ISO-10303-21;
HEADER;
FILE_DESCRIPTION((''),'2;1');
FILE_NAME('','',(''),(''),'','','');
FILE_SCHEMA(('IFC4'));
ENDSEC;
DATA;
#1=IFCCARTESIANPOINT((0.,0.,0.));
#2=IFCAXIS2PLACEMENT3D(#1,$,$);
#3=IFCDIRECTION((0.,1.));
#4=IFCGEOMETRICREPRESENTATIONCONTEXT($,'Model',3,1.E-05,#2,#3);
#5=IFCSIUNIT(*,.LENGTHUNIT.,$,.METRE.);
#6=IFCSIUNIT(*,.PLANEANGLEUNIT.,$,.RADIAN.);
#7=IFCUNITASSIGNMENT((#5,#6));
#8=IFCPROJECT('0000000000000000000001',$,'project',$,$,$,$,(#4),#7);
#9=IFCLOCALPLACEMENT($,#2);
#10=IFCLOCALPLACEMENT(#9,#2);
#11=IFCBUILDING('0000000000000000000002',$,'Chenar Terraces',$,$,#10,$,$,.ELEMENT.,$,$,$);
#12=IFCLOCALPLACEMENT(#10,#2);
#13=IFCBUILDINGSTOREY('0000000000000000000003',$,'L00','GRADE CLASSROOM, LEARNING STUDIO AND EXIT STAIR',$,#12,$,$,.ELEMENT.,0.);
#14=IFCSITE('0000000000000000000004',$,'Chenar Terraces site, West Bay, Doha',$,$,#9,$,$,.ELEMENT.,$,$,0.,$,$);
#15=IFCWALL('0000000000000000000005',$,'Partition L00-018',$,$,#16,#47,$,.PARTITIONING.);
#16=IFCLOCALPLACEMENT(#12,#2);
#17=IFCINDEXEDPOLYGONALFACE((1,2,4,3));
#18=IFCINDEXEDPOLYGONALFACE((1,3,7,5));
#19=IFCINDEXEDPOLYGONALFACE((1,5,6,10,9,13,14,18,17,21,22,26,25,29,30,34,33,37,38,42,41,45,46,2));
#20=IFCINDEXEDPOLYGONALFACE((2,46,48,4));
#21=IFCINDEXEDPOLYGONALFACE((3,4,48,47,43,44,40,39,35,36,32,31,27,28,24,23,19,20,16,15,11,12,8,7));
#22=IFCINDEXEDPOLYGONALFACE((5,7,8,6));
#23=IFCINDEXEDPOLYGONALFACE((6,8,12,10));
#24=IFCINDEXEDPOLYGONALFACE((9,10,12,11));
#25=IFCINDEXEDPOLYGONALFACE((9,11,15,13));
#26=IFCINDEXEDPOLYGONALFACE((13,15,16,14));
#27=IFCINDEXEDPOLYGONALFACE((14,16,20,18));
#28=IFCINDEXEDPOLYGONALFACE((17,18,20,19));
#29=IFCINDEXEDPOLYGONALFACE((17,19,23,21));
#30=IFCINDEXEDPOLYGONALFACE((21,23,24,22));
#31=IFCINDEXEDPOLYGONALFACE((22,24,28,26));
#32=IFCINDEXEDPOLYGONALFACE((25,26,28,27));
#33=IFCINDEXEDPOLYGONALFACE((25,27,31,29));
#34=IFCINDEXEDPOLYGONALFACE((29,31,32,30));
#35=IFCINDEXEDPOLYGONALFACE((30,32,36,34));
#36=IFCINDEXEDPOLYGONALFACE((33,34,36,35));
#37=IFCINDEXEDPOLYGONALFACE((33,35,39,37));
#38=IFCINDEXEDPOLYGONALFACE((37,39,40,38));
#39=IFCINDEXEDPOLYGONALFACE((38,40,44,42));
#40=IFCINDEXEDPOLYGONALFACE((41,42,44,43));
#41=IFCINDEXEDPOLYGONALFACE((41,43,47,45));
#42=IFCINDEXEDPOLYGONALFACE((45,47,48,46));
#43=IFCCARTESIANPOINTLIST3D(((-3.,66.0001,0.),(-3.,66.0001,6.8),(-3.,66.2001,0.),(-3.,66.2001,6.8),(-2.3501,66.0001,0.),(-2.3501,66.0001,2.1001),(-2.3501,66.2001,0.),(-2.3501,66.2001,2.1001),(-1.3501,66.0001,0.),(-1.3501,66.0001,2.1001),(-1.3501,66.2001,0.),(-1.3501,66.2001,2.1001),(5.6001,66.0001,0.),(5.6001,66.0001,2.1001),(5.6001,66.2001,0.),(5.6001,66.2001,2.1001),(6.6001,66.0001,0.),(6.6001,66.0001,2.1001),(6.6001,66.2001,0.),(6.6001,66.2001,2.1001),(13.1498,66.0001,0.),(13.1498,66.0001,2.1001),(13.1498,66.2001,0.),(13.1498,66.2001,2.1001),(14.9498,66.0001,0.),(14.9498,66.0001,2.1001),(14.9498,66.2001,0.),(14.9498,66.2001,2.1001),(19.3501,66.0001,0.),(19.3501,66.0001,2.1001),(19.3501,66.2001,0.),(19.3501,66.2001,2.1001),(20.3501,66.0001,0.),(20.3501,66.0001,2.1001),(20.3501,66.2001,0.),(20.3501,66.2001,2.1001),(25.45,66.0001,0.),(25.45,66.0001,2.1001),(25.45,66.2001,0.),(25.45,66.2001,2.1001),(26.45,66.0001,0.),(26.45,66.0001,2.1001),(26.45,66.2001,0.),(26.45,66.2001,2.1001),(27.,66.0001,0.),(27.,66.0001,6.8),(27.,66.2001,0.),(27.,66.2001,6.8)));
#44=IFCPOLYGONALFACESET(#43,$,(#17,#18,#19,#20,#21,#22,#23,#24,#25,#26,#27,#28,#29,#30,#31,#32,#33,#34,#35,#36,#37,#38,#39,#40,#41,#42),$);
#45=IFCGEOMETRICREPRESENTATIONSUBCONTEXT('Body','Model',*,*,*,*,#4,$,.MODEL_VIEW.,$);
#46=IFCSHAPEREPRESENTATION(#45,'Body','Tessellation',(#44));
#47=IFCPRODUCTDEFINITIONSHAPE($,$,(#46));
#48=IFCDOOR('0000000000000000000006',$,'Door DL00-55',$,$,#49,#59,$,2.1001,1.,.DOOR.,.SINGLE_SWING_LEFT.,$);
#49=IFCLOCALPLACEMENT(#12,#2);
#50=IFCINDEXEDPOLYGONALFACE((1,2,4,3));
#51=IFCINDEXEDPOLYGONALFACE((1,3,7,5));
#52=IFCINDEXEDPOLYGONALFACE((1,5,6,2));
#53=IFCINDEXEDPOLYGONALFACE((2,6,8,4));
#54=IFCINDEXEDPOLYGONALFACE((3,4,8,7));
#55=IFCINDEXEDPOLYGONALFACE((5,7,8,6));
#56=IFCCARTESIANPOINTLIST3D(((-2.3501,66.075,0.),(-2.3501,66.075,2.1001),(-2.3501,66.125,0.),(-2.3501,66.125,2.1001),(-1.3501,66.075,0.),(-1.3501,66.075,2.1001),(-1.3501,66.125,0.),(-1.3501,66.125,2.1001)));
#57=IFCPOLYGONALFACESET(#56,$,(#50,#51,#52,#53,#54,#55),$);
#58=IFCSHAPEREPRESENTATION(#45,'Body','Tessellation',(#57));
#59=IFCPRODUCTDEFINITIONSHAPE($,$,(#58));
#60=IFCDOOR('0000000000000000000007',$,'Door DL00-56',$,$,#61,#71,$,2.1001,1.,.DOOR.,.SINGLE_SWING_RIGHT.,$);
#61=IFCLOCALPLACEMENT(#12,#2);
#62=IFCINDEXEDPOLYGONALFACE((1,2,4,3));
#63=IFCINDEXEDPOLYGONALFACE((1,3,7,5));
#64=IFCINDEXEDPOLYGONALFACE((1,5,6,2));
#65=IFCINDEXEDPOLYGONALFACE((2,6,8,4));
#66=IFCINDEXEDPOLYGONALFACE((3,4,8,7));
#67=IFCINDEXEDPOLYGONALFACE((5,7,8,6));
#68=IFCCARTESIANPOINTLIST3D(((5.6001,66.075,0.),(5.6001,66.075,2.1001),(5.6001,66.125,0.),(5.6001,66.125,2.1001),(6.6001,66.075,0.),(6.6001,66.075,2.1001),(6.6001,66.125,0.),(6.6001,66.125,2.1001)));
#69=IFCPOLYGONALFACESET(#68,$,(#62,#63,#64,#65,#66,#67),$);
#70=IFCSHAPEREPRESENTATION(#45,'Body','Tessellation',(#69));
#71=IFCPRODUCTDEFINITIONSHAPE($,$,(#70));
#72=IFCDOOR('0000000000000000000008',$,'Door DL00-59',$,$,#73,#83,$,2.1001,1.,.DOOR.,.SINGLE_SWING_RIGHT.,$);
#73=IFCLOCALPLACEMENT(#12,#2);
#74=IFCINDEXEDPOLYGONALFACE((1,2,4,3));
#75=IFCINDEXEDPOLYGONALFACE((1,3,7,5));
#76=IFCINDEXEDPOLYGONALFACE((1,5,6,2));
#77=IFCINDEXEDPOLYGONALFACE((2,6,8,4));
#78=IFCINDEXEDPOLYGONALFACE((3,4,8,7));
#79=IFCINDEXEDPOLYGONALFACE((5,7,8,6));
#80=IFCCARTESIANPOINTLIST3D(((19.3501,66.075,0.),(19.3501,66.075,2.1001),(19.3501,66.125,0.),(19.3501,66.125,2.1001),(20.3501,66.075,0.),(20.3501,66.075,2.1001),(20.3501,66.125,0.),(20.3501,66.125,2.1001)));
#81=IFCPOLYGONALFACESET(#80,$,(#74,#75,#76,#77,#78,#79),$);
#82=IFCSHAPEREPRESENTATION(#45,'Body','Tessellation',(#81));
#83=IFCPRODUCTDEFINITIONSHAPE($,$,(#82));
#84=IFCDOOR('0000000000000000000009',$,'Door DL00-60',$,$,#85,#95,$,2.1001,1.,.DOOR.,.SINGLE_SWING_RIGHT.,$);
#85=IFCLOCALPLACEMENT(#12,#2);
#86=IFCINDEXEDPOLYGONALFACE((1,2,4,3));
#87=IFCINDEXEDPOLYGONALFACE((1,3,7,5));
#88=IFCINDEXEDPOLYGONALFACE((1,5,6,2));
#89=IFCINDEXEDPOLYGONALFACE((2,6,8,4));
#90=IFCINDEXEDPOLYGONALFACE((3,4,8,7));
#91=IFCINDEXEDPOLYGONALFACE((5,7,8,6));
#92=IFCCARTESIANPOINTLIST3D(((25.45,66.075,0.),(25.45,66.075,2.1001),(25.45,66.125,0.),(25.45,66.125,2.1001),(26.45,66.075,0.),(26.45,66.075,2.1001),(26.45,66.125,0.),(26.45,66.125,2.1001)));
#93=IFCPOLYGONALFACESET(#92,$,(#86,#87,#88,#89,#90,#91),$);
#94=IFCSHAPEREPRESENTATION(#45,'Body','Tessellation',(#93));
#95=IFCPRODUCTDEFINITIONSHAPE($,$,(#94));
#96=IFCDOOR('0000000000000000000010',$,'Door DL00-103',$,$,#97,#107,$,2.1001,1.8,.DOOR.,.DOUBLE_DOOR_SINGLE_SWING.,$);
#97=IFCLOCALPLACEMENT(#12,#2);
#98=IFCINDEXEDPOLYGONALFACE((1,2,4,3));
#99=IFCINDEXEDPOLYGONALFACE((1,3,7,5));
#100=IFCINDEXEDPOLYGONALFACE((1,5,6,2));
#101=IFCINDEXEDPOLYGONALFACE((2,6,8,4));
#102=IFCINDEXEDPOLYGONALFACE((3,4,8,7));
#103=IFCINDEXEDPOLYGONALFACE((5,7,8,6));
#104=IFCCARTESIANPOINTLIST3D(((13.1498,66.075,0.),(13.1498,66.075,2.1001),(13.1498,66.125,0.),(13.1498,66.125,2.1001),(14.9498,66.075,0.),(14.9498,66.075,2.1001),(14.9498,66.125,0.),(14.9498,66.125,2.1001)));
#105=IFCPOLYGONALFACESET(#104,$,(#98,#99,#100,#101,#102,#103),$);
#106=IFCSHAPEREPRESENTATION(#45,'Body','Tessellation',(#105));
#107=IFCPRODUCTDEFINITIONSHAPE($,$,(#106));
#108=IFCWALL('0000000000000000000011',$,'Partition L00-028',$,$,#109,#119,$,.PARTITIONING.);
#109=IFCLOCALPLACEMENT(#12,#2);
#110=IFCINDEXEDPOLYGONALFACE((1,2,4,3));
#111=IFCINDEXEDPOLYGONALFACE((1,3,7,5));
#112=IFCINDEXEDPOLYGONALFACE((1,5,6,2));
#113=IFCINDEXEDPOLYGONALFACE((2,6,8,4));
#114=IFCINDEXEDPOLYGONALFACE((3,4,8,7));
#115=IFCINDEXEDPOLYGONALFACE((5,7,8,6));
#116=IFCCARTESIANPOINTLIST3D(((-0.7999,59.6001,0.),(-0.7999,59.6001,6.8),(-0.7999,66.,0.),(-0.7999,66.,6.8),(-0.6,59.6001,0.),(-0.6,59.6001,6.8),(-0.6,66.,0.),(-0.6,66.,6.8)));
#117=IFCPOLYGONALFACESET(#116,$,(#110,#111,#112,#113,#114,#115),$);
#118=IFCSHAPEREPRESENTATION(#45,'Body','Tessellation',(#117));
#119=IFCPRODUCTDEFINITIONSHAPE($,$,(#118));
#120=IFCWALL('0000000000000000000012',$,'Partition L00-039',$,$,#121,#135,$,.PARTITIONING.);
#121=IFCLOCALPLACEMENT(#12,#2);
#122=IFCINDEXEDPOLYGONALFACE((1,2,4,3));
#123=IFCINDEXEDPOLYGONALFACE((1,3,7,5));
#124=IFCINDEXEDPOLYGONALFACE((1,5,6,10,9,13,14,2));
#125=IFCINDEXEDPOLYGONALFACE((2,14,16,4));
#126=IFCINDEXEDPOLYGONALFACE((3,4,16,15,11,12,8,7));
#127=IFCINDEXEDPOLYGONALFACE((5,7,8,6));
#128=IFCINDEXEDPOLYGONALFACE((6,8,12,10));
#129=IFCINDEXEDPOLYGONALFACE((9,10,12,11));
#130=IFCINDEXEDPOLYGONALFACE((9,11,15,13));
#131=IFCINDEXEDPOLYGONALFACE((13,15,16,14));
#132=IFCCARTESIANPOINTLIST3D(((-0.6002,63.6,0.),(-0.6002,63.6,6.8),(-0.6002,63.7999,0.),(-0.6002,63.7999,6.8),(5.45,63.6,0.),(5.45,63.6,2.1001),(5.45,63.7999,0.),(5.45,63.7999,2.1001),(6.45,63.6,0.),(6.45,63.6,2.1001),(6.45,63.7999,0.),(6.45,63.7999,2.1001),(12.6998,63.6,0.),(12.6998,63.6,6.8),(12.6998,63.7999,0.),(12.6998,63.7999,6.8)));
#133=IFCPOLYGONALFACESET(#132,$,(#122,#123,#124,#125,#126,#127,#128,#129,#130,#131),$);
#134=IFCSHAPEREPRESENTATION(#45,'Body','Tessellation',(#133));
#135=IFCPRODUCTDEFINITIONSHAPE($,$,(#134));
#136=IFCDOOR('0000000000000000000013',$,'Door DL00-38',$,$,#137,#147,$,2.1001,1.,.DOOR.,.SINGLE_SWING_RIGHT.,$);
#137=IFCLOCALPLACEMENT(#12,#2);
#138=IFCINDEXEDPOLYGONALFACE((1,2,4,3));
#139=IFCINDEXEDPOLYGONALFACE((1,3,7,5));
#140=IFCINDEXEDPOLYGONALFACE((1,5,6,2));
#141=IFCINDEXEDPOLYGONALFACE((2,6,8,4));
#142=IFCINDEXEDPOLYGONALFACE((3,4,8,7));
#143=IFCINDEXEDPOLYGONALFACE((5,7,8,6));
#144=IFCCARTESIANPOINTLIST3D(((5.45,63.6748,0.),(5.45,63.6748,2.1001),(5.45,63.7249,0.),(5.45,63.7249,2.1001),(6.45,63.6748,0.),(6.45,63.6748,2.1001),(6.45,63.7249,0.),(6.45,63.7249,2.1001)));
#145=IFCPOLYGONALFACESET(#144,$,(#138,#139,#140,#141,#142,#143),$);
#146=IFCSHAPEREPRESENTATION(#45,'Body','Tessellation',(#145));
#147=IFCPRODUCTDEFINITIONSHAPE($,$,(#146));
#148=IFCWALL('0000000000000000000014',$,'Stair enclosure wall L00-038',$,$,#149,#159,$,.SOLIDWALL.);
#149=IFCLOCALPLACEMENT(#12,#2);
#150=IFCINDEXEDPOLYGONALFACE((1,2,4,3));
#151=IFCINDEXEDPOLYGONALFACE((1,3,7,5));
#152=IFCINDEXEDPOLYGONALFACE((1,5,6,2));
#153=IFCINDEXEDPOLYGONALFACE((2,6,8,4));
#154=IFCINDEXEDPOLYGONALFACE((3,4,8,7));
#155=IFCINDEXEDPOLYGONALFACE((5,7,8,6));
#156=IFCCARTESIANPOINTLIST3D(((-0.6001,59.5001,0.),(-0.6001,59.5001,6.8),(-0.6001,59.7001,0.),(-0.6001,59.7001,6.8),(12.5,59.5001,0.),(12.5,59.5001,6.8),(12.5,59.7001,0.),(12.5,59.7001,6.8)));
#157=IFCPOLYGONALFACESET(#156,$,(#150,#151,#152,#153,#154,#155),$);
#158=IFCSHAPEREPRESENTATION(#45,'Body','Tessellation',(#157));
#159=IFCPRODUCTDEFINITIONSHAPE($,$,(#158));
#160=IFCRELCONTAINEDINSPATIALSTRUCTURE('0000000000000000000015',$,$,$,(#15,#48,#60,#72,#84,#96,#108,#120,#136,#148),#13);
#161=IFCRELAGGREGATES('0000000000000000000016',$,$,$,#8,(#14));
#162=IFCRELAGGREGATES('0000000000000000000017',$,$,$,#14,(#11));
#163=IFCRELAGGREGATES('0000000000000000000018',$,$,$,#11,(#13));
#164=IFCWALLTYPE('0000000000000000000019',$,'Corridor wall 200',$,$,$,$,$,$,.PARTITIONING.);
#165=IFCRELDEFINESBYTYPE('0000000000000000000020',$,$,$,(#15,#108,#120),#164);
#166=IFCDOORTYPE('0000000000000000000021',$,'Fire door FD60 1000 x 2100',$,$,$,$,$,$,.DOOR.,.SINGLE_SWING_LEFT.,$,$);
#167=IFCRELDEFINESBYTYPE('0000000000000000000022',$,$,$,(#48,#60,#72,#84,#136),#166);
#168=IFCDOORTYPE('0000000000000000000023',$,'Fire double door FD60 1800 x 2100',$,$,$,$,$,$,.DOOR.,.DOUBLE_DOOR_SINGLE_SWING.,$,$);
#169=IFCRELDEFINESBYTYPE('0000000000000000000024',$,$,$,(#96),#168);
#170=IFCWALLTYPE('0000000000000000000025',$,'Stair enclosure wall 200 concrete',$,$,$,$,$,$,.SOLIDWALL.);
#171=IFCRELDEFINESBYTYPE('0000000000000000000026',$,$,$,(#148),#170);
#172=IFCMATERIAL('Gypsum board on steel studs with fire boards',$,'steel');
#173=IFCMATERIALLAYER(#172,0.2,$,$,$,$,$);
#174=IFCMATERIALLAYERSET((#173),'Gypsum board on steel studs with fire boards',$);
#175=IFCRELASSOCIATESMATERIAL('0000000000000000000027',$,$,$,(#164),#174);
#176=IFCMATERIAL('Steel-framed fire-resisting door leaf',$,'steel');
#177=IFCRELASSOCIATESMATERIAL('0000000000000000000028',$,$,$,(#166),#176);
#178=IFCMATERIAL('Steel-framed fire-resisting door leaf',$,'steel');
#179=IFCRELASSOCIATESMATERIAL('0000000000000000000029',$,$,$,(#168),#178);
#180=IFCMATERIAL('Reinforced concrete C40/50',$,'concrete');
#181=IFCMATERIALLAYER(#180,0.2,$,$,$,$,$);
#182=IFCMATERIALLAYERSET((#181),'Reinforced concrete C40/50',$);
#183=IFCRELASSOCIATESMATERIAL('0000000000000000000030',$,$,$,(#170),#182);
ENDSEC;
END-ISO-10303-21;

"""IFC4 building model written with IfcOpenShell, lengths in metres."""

from ifc_helpers import new_model, si_unit, direction, frame, frame_2d, origin, place, context, subcontext, project, spatial, rectangle, extrude, material, layer, layer_set, type_object, element, fill, save


model = new_model("IFC4")

# Units and contexts
model_context = context("Model", 3, precision=1e-05, world=origin(), true_north=direction((0.0, 1.0)))
body_context = subcontext(model_context, "Body", "Model", "MODEL_VIEW")
ifc_project = project(units=[si_unit("LENGTHUNIT", "METRE"), si_unit("PLANEANGLEUNIT", "RADIAN")], contexts=[model_context])

# Site, building, storey
site_placement = place(None, origin())
site = spatial("IfcSite", under=ifc_project, at=site_placement, Name="Chenar Terraces site, West Bay, Doha", CompositionType="ELEMENT", RefElevation=0.0)
building_placement = place(site_placement, origin())
building = spatial("IfcBuilding", under=site, at=building_placement, Name="Chenar Terraces", CompositionType="ELEMENT")
storey_placement = place(building_placement, origin())
storey = spatial("IfcBuildingStorey", under=building, at=storey_placement, Name="L00", Description="GRADE CLASSROOM, LEARNING STUDIO AND EXIT STAIR", CompositionType="ELEMENT", Elevation=0.0)

# Wall, openings, doors
ifc_material_1 = material(Name="Gypsum board on steel studs with fire boards", Category="steel")
ifc_layer_1 = layer(ifc_material_1, 0.2)
ifc_layer_set_1 = layer_set([ifc_layer_1], Name="Gypsum board on steel studs with fire boards")
wall_type_1 = type_object("IfcWallType", Name="Corridor wall 200", PredefinedType="PARTITIONING", material=ifc_layer_set_1)
wall_1_placement = place(storey_placement, frame((-3.0, 66.1001, 0.0), z_axis=(0.0, 0.0, 1.0), x_axis=(1.0, 0.0, 0.0)))
wall_1 = element("IfcWall", 1, at=wall_1_placement, inside=storey, type_object=wall_type_1, Name="Partition L00-018", PredefinedType="PARTITIONING", context=body_context, shape_type="SweptSolid", body=[
    extrude(rectangle(XDim=30.0, YDim=0.2, at=frame_2d((15.0, 0.0))), origin(), (0.0, 0.0, 1.0), 6.8),
])
opening_1_placement = place(wall_1_placement, frame((0.6499, 0.0, 0.0)))
opening_1 = element("IfcOpeningElement", 2, at=opening_1_placement, cuts=wall_1, PredefinedType="OPENING", context=body_context, shape_type="SweptSolid", body=[
    extrude(rectangle(XDim=1.0, YDim=2.1001, at=frame_2d((0.5, 1.05))), frame((0.0, 0.1099, 0.0), z_axis=(0.0, -1.0, 0.0), x_axis=(1.0, 0.0, 0.0)), (0.0, 0.0, 1.0), 0.22),
])
opening_2_placement = place(wall_1_placement, frame((8.6001, 0.0, 0.0)))
opening_2 = element("IfcOpeningElement", 3, at=opening_2_placement, cuts=wall_1, PredefinedType="OPENING", context=body_context, shape_type="SweptSolid", body=[
    extrude(rectangle(XDim=1.0, YDim=2.1001, at=frame_2d((0.5, 1.05))), frame((0.0, 0.1099, 0.0), z_axis=(0.0, -1.0, 0.0), x_axis=(1.0, 0.0, 0.0)), (0.0, 0.0, 1.0), 0.22),
])
opening_3_placement = place(wall_1_placement, frame((22.3501, 0.0, 0.0)))
opening_3 = element("IfcOpeningElement", 4, at=opening_3_placement, cuts=wall_1, PredefinedType="OPENING", context=body_context, shape_type="SweptSolid", body=[
    extrude(rectangle(XDim=1.0, YDim=2.1001, at=frame_2d((0.5, 1.05))), frame((0.0, 0.1099, 0.0), z_axis=(0.0, -1.0, 0.0), x_axis=(1.0, 0.0, 0.0)), (0.0, 0.0, 1.0), 0.22),
])
opening_4_placement = place(wall_1_placement, frame((28.45, 0.0, 0.0)))
opening_4 = element("IfcOpeningElement", 5, at=opening_4_placement, cuts=wall_1, PredefinedType="OPENING", context=body_context, shape_type="SweptSolid", body=[
    extrude(rectangle(XDim=1.0, YDim=2.1001, at=frame_2d((0.5, 1.05))), frame((0.0, 0.1099, 0.0), z_axis=(0.0, -1.0, 0.0), x_axis=(1.0, 0.0, 0.0)), (0.0, 0.0, 1.0), 0.22),
])
opening_5_placement = place(wall_1_placement, frame((16.1499, 0.0, 0.0)))
opening_5 = element("IfcOpeningElement", 6, at=opening_5_placement, cuts=wall_1, PredefinedType="OPENING", context=body_context, shape_type="SweptSolid", body=[
    extrude(rectangle(XDim=1.8, YDim=2.1001, at=frame_2d((0.8999, 1.05))), frame((0.0, 0.1099, 0.0), z_axis=(0.0, -1.0, 0.0), x_axis=(1.0, 0.0, 0.0)), (0.0, 0.0, 1.0), 0.22),
])
ifc_material_2 = material(Name="Steel-framed fire-resisting door leaf", Category="steel")
door_type_1 = type_object("IfcDoorType", Name="Fire door FD60 1000 x 2100", OperationType="SINGLE_SWING_LEFT", PredefinedType="DOOR", material=ifc_material_2)
door_1_placement = place(opening_1_placement, origin())
door_1 = element("IfcDoor", 7, at=door_1_placement, inside=storey, type_object=door_type_1, Name="Door DL00-55", OperationType="SINGLE_SWING_LEFT", OverallHeight=2.1001, OverallWidth=1.0, PredefinedType="DOOR", context=body_context, shape_type="SweptSolid", body=[
    extrude(rectangle(XDim=1.0, YDim=2.1001, at=frame_2d((0.5, 1.05))), frame((0.0, 0.0249, 0.0), z_axis=(0.0, -1.0, 0.0), x_axis=(1.0, 0.0, 0.0)), (0.0, 0.0, 1.0), 0.05),
])
fill(opening_1, door_1)
door_2_placement = place(opening_2_placement, origin())
door_2 = element("IfcDoor", 8, at=door_2_placement, inside=storey, type_object=door_type_1, Name="Door DL00-56", OperationType="SINGLE_SWING_RIGHT", OverallHeight=2.1001, OverallWidth=1.0, PredefinedType="DOOR", context=body_context, shape_type="SweptSolid", body=[
    extrude(rectangle(XDim=1.0, YDim=2.1001, at=frame_2d((0.5, 1.05))), frame((0.0, 0.0249, 0.0), z_axis=(0.0, -1.0, 0.0), x_axis=(1.0, 0.0, 0.0)), (0.0, 0.0, 1.0), 0.05),
])
fill(opening_2, door_2)
door_3_placement = place(opening_3_placement, origin())
door_3 = element("IfcDoor", 9, at=door_3_placement, inside=storey, type_object=door_type_1, Name="Door DL00-59", OperationType="SINGLE_SWING_RIGHT", OverallHeight=2.1001, OverallWidth=1.0, PredefinedType="DOOR", context=body_context, shape_type="SweptSolid", body=[
    extrude(rectangle(XDim=1.0, YDim=2.1001, at=frame_2d((0.5, 1.05))), frame((0.0, 0.0249, 0.0), z_axis=(0.0, -1.0, 0.0), x_axis=(1.0, 0.0, 0.0)), (0.0, 0.0, 1.0), 0.05),
])
fill(opening_3, door_3)
door_4_placement = place(opening_4_placement, origin())
door_4 = element("IfcDoor", 10, at=door_4_placement, inside=storey, type_object=door_type_1, Name="Door DL00-60", OperationType="SINGLE_SWING_RIGHT", OverallHeight=2.1001, OverallWidth=1.0, PredefinedType="DOOR", context=body_context, shape_type="SweptSolid", body=[
    extrude(rectangle(XDim=1.0, YDim=2.1001, at=frame_2d((0.5, 1.05))), frame((0.0, 0.0249, 0.0), z_axis=(0.0, -1.0, 0.0), x_axis=(1.0, 0.0, 0.0)), (0.0, 0.0, 1.0), 0.05),
])
fill(opening_4, door_4)
ifc_material_3 = material(Name="Steel-framed fire-resisting door leaf", Category="steel")
door_type_2 = type_object("IfcDoorType", Name="Fire double door FD60 1800 x 2100", OperationType="DOUBLE_DOOR_SINGLE_SWING", PredefinedType="DOOR", material=ifc_material_3)
door_5_placement = place(opening_5_placement, origin())
door_5 = element("IfcDoor", 11, at=door_5_placement, inside=storey, type_object=door_type_2, Name="Door DL00-103", OperationType="DOUBLE_DOOR_SINGLE_SWING", OverallHeight=2.1001, OverallWidth=1.8, PredefinedType="DOOR", context=body_context, shape_type="SweptSolid", body=[
    extrude(rectangle(XDim=1.8, YDim=2.1001, at=frame_2d((0.8999, 1.05))), frame((0.0, 0.0249, 0.0), z_axis=(0.0, -1.0, 0.0), x_axis=(1.0, 0.0, 0.0)), (0.0, 0.0, 1.0), 0.05),
])
fill(opening_5, door_5)

# Wall
wall_2_placement = place(storey_placement, frame((-0.7, 59.6001, 0.0), z_axis=(0.0, 0.0, 1.0), x_axis=(0.0, 1.0, 0.0)))
element("IfcWall", 12, at=wall_2_placement, inside=storey, type_object=wall_type_1, Name="Partition L00-028", PredefinedType="PARTITIONING", context=body_context, shape_type="SweptSolid", body=[
    extrude(rectangle(XDim=6.3999, YDim=0.2, at=frame_2d((3.2, 0.0))), origin(), (0.0, 0.0, 1.0), 6.8),
])

# Wall, opening, door
wall_3_placement = place(storey_placement, frame((-0.6001, 63.7, 0.0), z_axis=(0.0, 0.0, 1.0), x_axis=(1.0, 0.0, 0.0)))
wall_3 = element("IfcWall", 13, at=wall_3_placement, inside=storey, type_object=wall_type_1, Name="Partition L00-039", PredefinedType="PARTITIONING", context=body_context, shape_type="SweptSolid", body=[
    extrude(rectangle(XDim=13.3, YDim=0.2, at=frame_2d((6.6499, 0.0))), origin(), (0.0, 0.0, 1.0), 6.8),
])
opening_6_placement = place(wall_3_placement, frame((6.05, 0.0, 0.0)))
opening_6 = element("IfcOpeningElement", 14, at=opening_6_placement, cuts=wall_3, PredefinedType="OPENING", context=body_context, shape_type="SweptSolid", body=[
    extrude(rectangle(XDim=1.0, YDim=2.1001, at=frame_2d((0.5, 1.05))), frame((0.0, 0.1099, 0.0), z_axis=(0.0, -1.0, 0.0), x_axis=(1.0, 0.0, 0.0)), (0.0, 0.0, 1.0), 0.22),
])
door_6_placement = place(opening_6_placement, origin())
door_6 = element("IfcDoor", 15, at=door_6_placement, inside=storey, type_object=door_type_1, Name="Door DL00-38", OperationType="SINGLE_SWING_RIGHT", OverallHeight=2.1001, OverallWidth=1.0, PredefinedType="DOOR", context=body_context, shape_type="SweptSolid", body=[
    extrude(rectangle(XDim=1.0, YDim=2.1001, at=frame_2d((0.5, 1.05))), frame((0.0, 0.0249, 0.0), z_axis=(0.0, -1.0, 0.0), x_axis=(1.0, 0.0, 0.0)), (0.0, 0.0, 1.0), 0.05),
])
fill(opening_6, door_6)

# Wall
ifc_material_4 = material(Name="Reinforced concrete C40/50", Category="concrete")
ifc_layer_2 = layer(ifc_material_4, 0.2)
ifc_layer_set_2 = layer_set([ifc_layer_2], Name="Reinforced concrete C40/50")
wall_type_2 = type_object("IfcWallType", Name="Stair enclosure wall 200 concrete", PredefinedType="SOLIDWALL", material=ifc_layer_set_2)
wall_4_placement = place(storey_placement, frame((-0.6001, 59.6001, 0.0), z_axis=(0.0, 0.0, 1.0), x_axis=(1.0, 0.0, 0.0)))
element("IfcWall", 16, at=wall_4_placement, inside=storey, type_object=wall_type_2, Name="Stair enclosure wall L00-038", PredefinedType="SOLIDWALL", context=body_context, shape_type="SweptSolid", body=[
    extrude(rectangle(XDim=13.1001, YDim=0.2, at=frame_2d((6.55, 0.0))), origin(), (0.0, 0.0, 1.0), 6.8),
])

save(model, "model.ifc")
